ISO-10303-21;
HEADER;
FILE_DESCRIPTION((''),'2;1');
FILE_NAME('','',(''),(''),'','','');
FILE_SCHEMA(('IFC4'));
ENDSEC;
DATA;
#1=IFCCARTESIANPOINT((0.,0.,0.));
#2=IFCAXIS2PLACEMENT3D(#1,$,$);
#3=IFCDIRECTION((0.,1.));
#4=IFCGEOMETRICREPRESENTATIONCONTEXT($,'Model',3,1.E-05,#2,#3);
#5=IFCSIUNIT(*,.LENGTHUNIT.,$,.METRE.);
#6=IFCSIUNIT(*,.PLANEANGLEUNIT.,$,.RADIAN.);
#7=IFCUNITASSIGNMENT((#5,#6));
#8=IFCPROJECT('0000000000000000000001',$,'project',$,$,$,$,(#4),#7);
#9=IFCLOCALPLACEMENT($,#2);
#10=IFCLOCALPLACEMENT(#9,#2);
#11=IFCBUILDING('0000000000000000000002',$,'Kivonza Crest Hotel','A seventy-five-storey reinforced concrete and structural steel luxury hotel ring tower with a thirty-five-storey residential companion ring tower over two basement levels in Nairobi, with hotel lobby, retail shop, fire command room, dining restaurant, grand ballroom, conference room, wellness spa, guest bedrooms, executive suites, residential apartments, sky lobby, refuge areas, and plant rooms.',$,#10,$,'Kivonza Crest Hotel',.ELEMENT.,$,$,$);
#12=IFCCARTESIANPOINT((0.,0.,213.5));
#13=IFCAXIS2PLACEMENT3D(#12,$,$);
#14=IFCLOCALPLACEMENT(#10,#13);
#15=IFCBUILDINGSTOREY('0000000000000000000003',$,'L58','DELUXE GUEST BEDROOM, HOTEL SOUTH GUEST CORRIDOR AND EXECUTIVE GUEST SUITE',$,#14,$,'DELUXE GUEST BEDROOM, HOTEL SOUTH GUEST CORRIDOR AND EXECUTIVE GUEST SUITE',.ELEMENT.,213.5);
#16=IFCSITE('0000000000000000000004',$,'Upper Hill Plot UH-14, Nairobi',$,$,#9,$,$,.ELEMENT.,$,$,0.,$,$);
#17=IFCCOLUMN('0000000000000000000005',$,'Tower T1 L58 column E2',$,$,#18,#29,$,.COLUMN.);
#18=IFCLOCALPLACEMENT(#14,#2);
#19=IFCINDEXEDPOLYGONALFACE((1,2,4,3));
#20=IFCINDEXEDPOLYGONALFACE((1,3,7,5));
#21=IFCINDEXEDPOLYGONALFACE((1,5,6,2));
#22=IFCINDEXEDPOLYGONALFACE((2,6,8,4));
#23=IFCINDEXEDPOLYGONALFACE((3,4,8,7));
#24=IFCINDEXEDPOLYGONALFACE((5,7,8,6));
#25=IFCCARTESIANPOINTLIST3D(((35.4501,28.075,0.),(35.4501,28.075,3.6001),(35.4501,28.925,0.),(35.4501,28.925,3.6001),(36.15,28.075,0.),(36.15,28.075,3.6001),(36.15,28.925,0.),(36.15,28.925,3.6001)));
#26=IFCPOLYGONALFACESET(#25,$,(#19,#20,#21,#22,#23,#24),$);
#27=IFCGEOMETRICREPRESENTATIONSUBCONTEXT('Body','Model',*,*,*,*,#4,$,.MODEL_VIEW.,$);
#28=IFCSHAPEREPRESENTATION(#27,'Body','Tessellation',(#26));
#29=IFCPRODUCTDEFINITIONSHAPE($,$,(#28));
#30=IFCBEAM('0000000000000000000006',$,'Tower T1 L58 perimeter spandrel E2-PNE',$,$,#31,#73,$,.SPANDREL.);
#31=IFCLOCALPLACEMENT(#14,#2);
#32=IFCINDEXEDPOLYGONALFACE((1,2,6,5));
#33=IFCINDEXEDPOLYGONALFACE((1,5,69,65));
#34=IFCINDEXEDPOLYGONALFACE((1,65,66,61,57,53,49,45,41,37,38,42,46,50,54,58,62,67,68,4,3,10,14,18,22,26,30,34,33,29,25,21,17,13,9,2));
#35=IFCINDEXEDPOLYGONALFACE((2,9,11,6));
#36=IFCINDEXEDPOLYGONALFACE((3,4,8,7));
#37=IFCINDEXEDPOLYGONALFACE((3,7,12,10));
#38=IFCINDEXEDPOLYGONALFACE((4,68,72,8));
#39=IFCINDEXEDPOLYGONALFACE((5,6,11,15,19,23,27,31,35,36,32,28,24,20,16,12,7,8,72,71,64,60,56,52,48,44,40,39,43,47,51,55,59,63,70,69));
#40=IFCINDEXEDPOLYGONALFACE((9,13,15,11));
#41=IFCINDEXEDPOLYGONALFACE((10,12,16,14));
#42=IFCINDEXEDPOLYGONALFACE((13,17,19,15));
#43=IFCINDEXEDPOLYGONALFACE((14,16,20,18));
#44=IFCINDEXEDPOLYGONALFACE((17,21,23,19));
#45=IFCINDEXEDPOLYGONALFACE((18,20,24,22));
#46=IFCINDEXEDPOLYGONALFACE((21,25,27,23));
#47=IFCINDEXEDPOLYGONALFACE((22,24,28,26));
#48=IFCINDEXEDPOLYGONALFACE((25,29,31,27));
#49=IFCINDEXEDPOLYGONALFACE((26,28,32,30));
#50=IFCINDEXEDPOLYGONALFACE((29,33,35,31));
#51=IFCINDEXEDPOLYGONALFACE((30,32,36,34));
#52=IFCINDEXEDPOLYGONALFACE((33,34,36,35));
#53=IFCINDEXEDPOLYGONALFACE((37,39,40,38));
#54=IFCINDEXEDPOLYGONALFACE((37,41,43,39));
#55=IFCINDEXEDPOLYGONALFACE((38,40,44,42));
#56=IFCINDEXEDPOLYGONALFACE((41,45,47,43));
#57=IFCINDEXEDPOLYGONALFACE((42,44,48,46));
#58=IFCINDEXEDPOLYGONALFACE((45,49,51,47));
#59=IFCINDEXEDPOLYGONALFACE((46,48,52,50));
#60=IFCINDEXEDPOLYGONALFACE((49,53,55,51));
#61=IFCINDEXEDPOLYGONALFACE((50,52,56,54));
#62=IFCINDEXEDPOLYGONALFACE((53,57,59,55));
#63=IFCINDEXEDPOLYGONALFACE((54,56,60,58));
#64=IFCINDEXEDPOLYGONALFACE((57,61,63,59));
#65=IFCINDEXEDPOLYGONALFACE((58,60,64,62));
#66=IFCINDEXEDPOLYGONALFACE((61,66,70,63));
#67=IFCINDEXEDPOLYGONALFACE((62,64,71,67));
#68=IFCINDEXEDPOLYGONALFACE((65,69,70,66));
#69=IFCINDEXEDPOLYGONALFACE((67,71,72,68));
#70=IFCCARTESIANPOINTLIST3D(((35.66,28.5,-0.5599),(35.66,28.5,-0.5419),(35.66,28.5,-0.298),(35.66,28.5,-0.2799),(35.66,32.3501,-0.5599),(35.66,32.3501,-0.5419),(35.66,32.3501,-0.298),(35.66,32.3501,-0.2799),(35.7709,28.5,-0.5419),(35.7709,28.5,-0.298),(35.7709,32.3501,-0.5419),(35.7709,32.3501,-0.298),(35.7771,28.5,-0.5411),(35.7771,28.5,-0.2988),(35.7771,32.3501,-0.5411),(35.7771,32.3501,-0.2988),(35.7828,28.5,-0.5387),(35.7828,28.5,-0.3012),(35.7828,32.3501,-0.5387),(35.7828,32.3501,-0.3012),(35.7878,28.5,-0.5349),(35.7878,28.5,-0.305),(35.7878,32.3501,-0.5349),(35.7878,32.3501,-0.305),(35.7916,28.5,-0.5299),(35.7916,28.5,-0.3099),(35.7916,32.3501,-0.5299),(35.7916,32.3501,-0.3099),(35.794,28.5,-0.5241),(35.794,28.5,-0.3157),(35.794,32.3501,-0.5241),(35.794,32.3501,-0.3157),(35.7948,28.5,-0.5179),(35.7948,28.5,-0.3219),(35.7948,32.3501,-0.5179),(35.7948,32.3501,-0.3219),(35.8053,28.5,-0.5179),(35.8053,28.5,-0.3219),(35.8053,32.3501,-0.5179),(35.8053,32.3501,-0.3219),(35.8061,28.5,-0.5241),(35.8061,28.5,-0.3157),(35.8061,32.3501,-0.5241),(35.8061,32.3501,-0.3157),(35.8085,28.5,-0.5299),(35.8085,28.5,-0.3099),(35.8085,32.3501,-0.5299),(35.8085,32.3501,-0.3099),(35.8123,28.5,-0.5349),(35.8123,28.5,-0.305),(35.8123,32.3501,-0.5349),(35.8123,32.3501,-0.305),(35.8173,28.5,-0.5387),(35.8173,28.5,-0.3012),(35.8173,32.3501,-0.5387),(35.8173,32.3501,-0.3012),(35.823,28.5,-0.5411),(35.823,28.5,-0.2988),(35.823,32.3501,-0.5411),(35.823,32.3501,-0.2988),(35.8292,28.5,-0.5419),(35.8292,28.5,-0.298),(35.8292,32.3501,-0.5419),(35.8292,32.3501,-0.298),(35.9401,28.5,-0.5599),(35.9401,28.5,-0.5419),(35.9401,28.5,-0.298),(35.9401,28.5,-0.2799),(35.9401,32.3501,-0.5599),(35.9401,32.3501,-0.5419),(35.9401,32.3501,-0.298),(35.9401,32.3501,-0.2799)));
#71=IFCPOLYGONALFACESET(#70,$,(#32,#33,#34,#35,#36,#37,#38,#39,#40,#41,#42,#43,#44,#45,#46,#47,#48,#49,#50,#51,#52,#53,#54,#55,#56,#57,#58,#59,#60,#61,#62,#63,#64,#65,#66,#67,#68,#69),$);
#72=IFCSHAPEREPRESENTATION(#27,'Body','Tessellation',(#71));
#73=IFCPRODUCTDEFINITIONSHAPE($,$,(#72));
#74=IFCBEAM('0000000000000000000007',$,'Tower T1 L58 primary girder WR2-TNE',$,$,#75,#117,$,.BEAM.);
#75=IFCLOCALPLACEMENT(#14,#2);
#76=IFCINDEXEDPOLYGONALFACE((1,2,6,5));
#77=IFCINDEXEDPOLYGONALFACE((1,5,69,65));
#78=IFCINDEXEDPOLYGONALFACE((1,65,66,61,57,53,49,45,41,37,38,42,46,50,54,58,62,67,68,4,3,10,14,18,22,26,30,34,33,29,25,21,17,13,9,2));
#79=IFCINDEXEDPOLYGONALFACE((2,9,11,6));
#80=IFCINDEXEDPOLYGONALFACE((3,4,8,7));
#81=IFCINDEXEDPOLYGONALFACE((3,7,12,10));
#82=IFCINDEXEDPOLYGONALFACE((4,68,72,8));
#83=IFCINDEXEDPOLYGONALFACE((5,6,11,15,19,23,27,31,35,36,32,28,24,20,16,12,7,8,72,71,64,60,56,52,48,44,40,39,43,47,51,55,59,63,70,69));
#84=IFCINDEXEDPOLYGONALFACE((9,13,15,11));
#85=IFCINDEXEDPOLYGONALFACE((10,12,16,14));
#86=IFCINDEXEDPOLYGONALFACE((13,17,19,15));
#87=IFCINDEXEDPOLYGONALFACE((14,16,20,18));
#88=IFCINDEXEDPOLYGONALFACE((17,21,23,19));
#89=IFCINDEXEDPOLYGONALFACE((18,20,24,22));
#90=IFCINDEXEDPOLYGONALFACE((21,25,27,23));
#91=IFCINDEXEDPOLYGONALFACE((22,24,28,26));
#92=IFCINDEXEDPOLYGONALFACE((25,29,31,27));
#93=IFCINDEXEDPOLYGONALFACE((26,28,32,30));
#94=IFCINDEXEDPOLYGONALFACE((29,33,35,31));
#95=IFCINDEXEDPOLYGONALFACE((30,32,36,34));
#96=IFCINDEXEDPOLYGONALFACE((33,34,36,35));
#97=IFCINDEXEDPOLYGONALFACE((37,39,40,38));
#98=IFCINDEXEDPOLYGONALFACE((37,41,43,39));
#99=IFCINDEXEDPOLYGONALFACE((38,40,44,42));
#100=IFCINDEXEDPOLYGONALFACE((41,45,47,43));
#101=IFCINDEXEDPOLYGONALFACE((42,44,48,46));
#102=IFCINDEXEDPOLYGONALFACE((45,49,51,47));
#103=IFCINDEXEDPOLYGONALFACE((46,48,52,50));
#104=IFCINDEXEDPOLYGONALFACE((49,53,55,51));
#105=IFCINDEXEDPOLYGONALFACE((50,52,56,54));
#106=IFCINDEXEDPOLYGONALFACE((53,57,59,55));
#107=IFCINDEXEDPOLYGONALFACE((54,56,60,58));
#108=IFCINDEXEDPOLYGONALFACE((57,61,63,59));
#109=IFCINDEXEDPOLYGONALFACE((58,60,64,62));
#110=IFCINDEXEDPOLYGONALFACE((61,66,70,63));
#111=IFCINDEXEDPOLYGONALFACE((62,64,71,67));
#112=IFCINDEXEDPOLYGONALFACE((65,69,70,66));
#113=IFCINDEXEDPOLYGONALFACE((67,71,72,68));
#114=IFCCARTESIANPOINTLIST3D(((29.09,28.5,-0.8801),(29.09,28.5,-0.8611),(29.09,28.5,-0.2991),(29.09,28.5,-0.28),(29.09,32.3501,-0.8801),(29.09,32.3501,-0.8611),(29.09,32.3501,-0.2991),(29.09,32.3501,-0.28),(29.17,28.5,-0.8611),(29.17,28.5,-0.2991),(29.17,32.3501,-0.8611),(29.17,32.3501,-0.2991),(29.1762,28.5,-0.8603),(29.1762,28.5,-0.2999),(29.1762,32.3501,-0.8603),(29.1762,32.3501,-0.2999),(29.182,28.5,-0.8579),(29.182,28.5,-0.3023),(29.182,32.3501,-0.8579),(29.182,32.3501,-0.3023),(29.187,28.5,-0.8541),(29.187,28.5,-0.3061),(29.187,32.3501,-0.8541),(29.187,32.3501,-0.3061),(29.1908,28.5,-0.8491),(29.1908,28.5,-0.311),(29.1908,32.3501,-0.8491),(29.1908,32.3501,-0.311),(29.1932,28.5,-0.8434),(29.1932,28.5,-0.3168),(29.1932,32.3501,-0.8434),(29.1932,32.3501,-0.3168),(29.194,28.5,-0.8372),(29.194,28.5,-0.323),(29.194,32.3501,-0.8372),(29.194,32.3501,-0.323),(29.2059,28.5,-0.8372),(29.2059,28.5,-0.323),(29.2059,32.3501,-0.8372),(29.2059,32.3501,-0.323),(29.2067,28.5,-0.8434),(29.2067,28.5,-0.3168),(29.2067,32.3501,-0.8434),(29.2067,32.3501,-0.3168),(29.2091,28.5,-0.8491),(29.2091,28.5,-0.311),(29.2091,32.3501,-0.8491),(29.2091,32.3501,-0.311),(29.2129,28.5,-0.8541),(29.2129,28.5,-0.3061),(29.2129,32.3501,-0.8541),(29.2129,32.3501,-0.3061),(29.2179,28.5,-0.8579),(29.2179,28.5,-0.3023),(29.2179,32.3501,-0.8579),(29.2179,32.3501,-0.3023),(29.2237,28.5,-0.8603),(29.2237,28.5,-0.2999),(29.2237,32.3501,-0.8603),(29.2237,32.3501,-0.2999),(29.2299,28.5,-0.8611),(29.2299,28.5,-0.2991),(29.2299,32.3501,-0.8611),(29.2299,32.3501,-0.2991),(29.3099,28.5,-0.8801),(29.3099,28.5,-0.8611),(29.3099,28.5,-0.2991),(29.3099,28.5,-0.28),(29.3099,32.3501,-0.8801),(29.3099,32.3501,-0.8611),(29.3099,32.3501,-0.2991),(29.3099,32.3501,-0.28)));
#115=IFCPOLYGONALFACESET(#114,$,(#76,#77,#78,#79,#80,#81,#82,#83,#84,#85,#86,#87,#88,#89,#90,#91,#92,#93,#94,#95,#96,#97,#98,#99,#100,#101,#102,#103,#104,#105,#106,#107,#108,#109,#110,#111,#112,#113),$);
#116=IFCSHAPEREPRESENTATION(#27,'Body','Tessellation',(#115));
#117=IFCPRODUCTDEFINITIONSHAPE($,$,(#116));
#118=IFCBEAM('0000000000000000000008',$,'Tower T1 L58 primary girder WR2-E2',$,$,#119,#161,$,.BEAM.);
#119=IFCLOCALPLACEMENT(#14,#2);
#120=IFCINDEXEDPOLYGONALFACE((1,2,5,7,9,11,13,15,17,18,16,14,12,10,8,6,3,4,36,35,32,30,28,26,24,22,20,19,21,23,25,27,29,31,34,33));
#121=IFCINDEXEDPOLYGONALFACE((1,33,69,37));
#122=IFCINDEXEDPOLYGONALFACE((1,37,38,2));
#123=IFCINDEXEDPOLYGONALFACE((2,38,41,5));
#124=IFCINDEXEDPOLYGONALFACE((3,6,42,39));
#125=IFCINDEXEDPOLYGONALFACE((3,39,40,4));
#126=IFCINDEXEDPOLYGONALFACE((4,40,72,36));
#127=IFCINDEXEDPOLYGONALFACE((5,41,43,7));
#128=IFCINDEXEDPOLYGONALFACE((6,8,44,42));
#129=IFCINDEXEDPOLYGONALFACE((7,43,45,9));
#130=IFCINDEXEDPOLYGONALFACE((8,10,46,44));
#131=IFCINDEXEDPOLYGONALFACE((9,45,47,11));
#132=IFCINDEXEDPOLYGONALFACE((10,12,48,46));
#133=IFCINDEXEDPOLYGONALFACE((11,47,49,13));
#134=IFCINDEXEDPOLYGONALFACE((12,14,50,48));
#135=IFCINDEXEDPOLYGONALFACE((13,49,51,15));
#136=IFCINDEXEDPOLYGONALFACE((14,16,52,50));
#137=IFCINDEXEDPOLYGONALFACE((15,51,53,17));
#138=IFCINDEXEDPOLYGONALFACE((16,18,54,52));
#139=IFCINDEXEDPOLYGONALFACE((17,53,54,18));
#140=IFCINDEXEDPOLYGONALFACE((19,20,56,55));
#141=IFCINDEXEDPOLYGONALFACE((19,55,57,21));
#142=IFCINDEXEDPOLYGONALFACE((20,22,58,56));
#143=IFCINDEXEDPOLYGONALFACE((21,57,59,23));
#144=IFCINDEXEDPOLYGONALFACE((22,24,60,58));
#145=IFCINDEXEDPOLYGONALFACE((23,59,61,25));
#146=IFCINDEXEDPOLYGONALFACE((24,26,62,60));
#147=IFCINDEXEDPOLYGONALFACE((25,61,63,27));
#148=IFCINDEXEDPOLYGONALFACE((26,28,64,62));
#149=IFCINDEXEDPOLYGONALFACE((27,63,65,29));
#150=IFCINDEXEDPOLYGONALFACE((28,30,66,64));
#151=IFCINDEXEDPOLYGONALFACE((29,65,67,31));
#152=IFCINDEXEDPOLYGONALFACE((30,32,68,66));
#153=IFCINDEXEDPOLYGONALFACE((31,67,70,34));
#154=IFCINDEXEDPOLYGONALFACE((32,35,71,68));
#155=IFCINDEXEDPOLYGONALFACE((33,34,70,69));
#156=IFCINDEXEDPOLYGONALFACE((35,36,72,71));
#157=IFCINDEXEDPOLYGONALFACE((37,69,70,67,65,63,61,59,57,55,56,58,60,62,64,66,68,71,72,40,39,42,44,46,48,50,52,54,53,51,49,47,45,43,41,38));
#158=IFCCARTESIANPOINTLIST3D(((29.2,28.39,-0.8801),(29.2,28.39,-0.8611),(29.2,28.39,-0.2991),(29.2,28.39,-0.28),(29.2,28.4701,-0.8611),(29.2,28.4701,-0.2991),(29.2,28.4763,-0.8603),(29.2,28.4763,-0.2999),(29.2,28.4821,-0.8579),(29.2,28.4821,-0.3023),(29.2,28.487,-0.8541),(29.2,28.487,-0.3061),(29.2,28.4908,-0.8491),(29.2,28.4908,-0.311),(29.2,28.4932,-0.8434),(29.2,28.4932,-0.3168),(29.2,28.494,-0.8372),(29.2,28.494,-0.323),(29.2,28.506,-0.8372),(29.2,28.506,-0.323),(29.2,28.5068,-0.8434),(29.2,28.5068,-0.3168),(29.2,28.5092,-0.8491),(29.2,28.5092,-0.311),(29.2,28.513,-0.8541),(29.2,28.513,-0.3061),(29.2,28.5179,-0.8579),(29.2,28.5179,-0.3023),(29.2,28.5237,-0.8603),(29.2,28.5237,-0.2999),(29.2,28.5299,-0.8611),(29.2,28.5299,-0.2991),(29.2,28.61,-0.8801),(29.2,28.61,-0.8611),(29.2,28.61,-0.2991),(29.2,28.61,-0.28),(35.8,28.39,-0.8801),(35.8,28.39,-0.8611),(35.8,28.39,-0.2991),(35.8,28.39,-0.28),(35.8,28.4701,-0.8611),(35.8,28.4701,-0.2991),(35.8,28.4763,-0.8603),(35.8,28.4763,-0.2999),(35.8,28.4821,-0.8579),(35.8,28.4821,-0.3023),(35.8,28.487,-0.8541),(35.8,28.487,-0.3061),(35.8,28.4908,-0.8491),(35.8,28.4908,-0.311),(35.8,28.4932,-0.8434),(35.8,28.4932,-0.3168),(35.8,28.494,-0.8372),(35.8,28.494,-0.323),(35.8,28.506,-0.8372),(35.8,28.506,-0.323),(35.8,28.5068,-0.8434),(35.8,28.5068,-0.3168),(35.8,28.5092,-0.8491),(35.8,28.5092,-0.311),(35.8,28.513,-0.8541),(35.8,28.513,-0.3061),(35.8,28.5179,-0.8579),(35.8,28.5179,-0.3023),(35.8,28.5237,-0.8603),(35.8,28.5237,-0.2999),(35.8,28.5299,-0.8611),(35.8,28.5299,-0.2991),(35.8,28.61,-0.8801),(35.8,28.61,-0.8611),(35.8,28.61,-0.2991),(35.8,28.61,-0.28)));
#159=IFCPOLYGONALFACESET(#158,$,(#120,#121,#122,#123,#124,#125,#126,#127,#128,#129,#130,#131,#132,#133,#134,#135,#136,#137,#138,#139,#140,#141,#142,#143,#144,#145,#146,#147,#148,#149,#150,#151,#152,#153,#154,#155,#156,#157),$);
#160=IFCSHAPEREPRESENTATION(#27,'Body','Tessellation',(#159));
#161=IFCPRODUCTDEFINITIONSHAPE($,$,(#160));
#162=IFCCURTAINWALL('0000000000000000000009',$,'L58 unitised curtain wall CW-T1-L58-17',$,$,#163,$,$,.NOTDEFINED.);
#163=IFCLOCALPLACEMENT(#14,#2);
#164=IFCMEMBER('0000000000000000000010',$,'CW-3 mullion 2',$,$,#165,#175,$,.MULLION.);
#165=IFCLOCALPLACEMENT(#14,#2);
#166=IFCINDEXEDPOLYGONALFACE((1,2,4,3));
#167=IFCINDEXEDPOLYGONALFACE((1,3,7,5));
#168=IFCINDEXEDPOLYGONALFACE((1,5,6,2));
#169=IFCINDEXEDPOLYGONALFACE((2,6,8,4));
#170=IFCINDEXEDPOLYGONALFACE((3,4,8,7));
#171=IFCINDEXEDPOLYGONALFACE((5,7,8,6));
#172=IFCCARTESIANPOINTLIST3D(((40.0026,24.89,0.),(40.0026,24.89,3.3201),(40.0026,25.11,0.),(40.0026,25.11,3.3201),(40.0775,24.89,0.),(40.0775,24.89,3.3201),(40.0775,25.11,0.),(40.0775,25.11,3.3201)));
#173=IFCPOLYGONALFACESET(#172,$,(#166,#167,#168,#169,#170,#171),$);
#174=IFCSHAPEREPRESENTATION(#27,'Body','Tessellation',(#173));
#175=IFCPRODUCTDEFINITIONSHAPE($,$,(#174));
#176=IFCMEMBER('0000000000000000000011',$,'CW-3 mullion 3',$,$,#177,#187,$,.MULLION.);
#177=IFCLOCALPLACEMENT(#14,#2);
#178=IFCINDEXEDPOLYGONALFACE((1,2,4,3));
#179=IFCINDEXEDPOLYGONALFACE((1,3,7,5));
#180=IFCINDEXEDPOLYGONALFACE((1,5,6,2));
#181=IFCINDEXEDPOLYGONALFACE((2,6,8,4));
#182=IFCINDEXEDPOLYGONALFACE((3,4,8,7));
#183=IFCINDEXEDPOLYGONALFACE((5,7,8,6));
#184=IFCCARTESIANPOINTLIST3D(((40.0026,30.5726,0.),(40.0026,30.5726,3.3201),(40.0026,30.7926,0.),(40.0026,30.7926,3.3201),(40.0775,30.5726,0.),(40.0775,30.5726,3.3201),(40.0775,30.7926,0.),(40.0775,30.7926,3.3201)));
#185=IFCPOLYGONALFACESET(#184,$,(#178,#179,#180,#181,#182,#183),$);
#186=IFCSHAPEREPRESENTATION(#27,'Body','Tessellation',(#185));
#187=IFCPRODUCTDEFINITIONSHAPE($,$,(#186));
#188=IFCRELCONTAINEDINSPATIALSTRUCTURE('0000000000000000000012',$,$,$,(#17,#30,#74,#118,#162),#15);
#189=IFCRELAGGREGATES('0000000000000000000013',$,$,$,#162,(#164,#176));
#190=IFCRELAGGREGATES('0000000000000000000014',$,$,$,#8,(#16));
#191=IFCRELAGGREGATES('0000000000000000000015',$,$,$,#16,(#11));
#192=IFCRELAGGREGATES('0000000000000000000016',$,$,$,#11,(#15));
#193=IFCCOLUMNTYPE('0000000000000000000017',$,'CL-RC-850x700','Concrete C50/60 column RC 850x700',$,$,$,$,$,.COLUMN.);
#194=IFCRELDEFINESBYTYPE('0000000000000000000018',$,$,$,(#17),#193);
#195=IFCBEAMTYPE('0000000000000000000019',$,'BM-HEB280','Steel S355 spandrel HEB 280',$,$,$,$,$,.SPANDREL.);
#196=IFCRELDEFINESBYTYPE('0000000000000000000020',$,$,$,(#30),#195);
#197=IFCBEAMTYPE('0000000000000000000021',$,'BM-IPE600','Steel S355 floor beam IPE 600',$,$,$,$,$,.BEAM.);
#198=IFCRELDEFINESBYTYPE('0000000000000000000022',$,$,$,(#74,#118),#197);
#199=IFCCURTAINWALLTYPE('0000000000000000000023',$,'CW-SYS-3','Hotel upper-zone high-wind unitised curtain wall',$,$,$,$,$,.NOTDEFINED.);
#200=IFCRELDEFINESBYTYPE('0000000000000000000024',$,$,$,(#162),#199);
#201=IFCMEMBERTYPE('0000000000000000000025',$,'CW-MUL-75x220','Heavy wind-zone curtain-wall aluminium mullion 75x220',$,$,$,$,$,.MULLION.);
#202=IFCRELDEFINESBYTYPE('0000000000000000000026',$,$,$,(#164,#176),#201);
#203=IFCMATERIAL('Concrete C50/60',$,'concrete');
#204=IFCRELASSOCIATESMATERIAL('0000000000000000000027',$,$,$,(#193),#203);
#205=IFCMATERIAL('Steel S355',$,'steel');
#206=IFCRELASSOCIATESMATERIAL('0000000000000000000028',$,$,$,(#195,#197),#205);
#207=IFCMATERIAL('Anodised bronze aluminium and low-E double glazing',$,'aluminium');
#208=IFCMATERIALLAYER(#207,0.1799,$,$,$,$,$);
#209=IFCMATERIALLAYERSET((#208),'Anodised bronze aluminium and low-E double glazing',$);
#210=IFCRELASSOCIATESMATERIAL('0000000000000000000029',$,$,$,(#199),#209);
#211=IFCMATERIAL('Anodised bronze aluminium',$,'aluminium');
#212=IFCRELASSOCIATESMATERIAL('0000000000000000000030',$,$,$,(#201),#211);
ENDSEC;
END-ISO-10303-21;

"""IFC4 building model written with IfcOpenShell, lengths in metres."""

from ifc_helpers import new_model, si_unit, direction, frame, origin, origin_2d, place, context, subcontext, project, spatial, rectangle, i_section, extrude, material, layer, layer_set, material_profile, profile_set, type_object, element, aggregate, save


model = new_model("IFC4")

# Units and contexts
model_context = context("Model", 3, precision=1e-05, world=origin(), true_north=direction((0.0, 1.0)))
body_context = subcontext(model_context, "Body", "Model", "MODEL_VIEW")
ifc_project = project(units=[si_unit("LENGTHUNIT", "METRE"), si_unit("PLANEANGLEUNIT", "RADIAN")], contexts=[model_context])

# Site, building, storey
site_placement = place(None, origin())
site = spatial("IfcSite", under=ifc_project, at=site_placement, Name="Upper Hill Plot UH-14, Nairobi", CompositionType="ELEMENT", RefElevation=0.0)
building_placement = place(site_placement, origin())
building = spatial("IfcBuilding", under=site, at=building_placement, Name="Kivonza Crest Hotel", Description="A seventy-five-storey reinforced concrete and structural steel luxury hotel ring tower with a thirty-five-storey residential companion ring tower over two basement levels in Nairobi, with hotel lobby, retail shop, fire command room, dining restaurant, grand ballroom, conference room, wellness spa, guest bedrooms, executive suites, residential apartments, sky lobby, refuge areas, and plant rooms.", LongName="Kivonza Crest Hotel", CompositionType="ELEMENT")
storey_placement = place(building_placement, frame((0.0, 0.0, 213.5)))
storey = spatial("IfcBuildingStorey", under=building, at=storey_placement, Name="L58", Description="DELUXE GUEST BEDROOM, HOTEL SOUTH GUEST CORRIDOR AND EXECUTIVE GUEST SUITE", LongName="DELUXE GUEST BEDROOM, HOTEL SOUTH GUEST CORRIDOR AND EXECUTIVE GUEST SUITE", CompositionType="ELEMENT", Elevation=213.5)

# Column
ifc_material_1 = material(Name="Concrete C50/60", Category="concrete")
ifc_material_profile_1 = material_profile(ifc_material_1, rectangle(XDim=0.7, YDim=0.8501, at=origin_2d()), Name="RC 850x700")
ifc_profile_set_1 = profile_set([ifc_material_profile_1], Name="Concrete C50/60")
column_type = type_object("IfcColumnType", Name="CL-RC-850x700", Description="Concrete C50/60 column RC 850x700", PredefinedType="COLUMN", material=ifc_profile_set_1)
column_placement = place(storey_placement, frame((35.8, 28.5, 0.0), z_axis=(0.0, 0.0, 1.0), x_axis=(1.0, 0.0, 0.0)))
element("IfcColumn", 1, at=column_placement, inside=storey, type_object=column_type, Name="Tower T1 L58 column E2", PredefinedType="COLUMN", context=body_context, shape_type="SweptSolid", body=[
    extrude(rectangle(XDim=0.7, YDim=0.8501, at=origin_2d()), origin(), (0.0, 0.0, 1.0), 3.6001),
])

# Beams
ifc_material_2 = material(Name="Steel S355", Category="steel")
ifc_material_profile_2 = material_profile(ifc_material_2, i_section(OverallWidth=0.28, OverallDepth=0.28, WebThickness=0.0105, FlangeThickness=0.0181, FilletRadius=0.0239, at=origin_2d()), Name="HEB 280")
ifc_profile_set_2 = profile_set([ifc_material_profile_2], Name="Steel S355")
beam_type_1 = type_object("IfcBeamType", Name="BM-HEB280", Description="Steel S355 spandrel HEB 280", PredefinedType="SPANDREL", material=ifc_profile_set_2)
beam_1_placement = place(storey_placement, frame((35.8, 28.5, -0.4199), z_axis=(0.0, 1.0, 0.0), x_axis=(-1.0, 0.0, 0.0)))
element("IfcBeam", 2, at=beam_1_placement, inside=storey, type_object=beam_type_1, Name="Tower T1 L58 perimeter spandrel E2-PNE", PredefinedType="SPANDREL", context=body_context, shape_type="SweptSolid", body=[
    extrude(i_section(OverallWidth=0.28, OverallDepth=0.28, WebThickness=0.0105, FlangeThickness=0.0181, FilletRadius=0.0239, at=origin_2d()), origin(), (0.0, 0.0, 1.0), 3.8501),
])
ifc_material_profile_3 = material_profile(ifc_material_2, i_section(OverallWidth=0.22, OverallDepth=0.6001, WebThickness=0.012, FlangeThickness=0.019, FilletRadius=0.0239, at=origin_2d()), Name="IPE 600")
ifc_profile_set_3 = profile_set([ifc_material_profile_3], Name="Steel S355")
beam_type_2 = type_object("IfcBeamType", Name="BM-IPE600", Description="Steel S355 floor beam IPE 600", PredefinedType="BEAM", material=ifc_profile_set_3)
beam_2_placement = place(storey_placement, frame((29.2, 28.5, -0.5801), z_axis=(0.0, 1.0, 0.0), x_axis=(-1.0, 0.0, 0.0)))
element("IfcBeam", 3, at=beam_2_placement, inside=storey, type_object=beam_type_2, Name="Tower T1 L58 primary girder WR2-TNE", PredefinedType="BEAM", context=body_context, shape_type="SweptSolid", body=[
    extrude(i_section(OverallWidth=0.22, OverallDepth=0.6001, WebThickness=0.012, FlangeThickness=0.019, FilletRadius=0.0239, at=origin_2d()), origin(), (0.0, 0.0, 1.0), 3.8501),
])
beam_3_placement = place(storey_placement, frame((29.2, 28.5, -0.5801), z_axis=(1.0, 0.0, 0.0), x_axis=(0.0, 1.0, 0.0)))
element("IfcBeam", 4, at=beam_3_placement, inside=storey, type_object=beam_type_2, Name="Tower T1 L58 primary girder WR2-E2", PredefinedType="BEAM", context=body_context, shape_type="SweptSolid", body=[
    extrude(i_section(OverallWidth=0.22, OverallDepth=0.6001, WebThickness=0.012, FlangeThickness=0.019, FilletRadius=0.0239, at=origin_2d()), origin(), (0.0, 0.0, 1.0), 6.6001),
])

# Curtain wall, members
ifc_material_3 = material(Name="Anodised bronze aluminium and low-E double glazing", Category="aluminium")
ifc_layer_1 = layer(ifc_material_3, 0.1799)
ifc_layer_set_1 = layer_set([ifc_layer_1], Name="Anodised bronze aluminium and low-E double glazing")
curtain_wall_type = type_object("IfcCurtainWallType", Name="CW-SYS-3", Description="Hotel upper-zone high-wind unitised curtain wall", PredefinedType="NOTDEFINED", material=ifc_layer_set_1)
curtain_wall_placement = place(storey_placement, origin())
curtain_wall = element("IfcCurtainWall", 5, at=curtain_wall_placement, inside=storey, type_object=curtain_wall_type, Name="L58 unitised curtain wall CW-T1-L58-17", PredefinedType="NOTDEFINED")
ifc_material_4 = material(Name="Anodised bronze aluminium", Category="aluminium")
ifc_material_profile_4 = material_profile(ifc_material_4, rectangle(XDim=0.075, YDim=0.22, at=origin_2d()), Name="CW-M 75x220")
ifc_profile_set_4 = profile_set([ifc_material_profile_4], Name="Anodised bronze aluminium")
member_type_1 = type_object("IfcMemberType", Name="CW-MUL-75x220", Description="Heavy wind-zone curtain-wall aluminium mullion 75x220", PredefinedType="MULLION", material=ifc_profile_set_4)
member_1_placement = place(storey_placement, frame((40.04, 25.0, 0.0), z_axis=(0.0, 0.0, 1.0), x_axis=(-1.0, 0.0, 0.0)))
member_1 = element("IfcMember", 6, at=member_1_placement, type_object=member_type_1, Name="CW-3 mullion 2", PredefinedType="MULLION", context=body_context, shape_type="SweptSolid", body=[
    extrude(rectangle(XDim=0.075, YDim=0.22, at=origin_2d()), origin(), (0.0, 0.0, 1.0), 3.3201),
])
member_2_placement = place(storey_placement, frame((40.04, 30.6826, 0.0), z_axis=(0.0, 0.0, 1.0), x_axis=(-1.0, 0.0, 0.0)))
member_2 = element("IfcMember", 7, at=member_2_placement, type_object=member_type_1, Name="CW-3 mullion 3", PredefinedType="MULLION", context=body_context, shape_type="SweptSolid", body=[
    extrude(rectangle(XDim=0.075, YDim=0.22, at=origin_2d()), origin(), (0.0, 0.0, 1.0), 3.3201),
])
aggregate(curtain_wall, [member_1, member_2])

save(model, "model.ifc")
